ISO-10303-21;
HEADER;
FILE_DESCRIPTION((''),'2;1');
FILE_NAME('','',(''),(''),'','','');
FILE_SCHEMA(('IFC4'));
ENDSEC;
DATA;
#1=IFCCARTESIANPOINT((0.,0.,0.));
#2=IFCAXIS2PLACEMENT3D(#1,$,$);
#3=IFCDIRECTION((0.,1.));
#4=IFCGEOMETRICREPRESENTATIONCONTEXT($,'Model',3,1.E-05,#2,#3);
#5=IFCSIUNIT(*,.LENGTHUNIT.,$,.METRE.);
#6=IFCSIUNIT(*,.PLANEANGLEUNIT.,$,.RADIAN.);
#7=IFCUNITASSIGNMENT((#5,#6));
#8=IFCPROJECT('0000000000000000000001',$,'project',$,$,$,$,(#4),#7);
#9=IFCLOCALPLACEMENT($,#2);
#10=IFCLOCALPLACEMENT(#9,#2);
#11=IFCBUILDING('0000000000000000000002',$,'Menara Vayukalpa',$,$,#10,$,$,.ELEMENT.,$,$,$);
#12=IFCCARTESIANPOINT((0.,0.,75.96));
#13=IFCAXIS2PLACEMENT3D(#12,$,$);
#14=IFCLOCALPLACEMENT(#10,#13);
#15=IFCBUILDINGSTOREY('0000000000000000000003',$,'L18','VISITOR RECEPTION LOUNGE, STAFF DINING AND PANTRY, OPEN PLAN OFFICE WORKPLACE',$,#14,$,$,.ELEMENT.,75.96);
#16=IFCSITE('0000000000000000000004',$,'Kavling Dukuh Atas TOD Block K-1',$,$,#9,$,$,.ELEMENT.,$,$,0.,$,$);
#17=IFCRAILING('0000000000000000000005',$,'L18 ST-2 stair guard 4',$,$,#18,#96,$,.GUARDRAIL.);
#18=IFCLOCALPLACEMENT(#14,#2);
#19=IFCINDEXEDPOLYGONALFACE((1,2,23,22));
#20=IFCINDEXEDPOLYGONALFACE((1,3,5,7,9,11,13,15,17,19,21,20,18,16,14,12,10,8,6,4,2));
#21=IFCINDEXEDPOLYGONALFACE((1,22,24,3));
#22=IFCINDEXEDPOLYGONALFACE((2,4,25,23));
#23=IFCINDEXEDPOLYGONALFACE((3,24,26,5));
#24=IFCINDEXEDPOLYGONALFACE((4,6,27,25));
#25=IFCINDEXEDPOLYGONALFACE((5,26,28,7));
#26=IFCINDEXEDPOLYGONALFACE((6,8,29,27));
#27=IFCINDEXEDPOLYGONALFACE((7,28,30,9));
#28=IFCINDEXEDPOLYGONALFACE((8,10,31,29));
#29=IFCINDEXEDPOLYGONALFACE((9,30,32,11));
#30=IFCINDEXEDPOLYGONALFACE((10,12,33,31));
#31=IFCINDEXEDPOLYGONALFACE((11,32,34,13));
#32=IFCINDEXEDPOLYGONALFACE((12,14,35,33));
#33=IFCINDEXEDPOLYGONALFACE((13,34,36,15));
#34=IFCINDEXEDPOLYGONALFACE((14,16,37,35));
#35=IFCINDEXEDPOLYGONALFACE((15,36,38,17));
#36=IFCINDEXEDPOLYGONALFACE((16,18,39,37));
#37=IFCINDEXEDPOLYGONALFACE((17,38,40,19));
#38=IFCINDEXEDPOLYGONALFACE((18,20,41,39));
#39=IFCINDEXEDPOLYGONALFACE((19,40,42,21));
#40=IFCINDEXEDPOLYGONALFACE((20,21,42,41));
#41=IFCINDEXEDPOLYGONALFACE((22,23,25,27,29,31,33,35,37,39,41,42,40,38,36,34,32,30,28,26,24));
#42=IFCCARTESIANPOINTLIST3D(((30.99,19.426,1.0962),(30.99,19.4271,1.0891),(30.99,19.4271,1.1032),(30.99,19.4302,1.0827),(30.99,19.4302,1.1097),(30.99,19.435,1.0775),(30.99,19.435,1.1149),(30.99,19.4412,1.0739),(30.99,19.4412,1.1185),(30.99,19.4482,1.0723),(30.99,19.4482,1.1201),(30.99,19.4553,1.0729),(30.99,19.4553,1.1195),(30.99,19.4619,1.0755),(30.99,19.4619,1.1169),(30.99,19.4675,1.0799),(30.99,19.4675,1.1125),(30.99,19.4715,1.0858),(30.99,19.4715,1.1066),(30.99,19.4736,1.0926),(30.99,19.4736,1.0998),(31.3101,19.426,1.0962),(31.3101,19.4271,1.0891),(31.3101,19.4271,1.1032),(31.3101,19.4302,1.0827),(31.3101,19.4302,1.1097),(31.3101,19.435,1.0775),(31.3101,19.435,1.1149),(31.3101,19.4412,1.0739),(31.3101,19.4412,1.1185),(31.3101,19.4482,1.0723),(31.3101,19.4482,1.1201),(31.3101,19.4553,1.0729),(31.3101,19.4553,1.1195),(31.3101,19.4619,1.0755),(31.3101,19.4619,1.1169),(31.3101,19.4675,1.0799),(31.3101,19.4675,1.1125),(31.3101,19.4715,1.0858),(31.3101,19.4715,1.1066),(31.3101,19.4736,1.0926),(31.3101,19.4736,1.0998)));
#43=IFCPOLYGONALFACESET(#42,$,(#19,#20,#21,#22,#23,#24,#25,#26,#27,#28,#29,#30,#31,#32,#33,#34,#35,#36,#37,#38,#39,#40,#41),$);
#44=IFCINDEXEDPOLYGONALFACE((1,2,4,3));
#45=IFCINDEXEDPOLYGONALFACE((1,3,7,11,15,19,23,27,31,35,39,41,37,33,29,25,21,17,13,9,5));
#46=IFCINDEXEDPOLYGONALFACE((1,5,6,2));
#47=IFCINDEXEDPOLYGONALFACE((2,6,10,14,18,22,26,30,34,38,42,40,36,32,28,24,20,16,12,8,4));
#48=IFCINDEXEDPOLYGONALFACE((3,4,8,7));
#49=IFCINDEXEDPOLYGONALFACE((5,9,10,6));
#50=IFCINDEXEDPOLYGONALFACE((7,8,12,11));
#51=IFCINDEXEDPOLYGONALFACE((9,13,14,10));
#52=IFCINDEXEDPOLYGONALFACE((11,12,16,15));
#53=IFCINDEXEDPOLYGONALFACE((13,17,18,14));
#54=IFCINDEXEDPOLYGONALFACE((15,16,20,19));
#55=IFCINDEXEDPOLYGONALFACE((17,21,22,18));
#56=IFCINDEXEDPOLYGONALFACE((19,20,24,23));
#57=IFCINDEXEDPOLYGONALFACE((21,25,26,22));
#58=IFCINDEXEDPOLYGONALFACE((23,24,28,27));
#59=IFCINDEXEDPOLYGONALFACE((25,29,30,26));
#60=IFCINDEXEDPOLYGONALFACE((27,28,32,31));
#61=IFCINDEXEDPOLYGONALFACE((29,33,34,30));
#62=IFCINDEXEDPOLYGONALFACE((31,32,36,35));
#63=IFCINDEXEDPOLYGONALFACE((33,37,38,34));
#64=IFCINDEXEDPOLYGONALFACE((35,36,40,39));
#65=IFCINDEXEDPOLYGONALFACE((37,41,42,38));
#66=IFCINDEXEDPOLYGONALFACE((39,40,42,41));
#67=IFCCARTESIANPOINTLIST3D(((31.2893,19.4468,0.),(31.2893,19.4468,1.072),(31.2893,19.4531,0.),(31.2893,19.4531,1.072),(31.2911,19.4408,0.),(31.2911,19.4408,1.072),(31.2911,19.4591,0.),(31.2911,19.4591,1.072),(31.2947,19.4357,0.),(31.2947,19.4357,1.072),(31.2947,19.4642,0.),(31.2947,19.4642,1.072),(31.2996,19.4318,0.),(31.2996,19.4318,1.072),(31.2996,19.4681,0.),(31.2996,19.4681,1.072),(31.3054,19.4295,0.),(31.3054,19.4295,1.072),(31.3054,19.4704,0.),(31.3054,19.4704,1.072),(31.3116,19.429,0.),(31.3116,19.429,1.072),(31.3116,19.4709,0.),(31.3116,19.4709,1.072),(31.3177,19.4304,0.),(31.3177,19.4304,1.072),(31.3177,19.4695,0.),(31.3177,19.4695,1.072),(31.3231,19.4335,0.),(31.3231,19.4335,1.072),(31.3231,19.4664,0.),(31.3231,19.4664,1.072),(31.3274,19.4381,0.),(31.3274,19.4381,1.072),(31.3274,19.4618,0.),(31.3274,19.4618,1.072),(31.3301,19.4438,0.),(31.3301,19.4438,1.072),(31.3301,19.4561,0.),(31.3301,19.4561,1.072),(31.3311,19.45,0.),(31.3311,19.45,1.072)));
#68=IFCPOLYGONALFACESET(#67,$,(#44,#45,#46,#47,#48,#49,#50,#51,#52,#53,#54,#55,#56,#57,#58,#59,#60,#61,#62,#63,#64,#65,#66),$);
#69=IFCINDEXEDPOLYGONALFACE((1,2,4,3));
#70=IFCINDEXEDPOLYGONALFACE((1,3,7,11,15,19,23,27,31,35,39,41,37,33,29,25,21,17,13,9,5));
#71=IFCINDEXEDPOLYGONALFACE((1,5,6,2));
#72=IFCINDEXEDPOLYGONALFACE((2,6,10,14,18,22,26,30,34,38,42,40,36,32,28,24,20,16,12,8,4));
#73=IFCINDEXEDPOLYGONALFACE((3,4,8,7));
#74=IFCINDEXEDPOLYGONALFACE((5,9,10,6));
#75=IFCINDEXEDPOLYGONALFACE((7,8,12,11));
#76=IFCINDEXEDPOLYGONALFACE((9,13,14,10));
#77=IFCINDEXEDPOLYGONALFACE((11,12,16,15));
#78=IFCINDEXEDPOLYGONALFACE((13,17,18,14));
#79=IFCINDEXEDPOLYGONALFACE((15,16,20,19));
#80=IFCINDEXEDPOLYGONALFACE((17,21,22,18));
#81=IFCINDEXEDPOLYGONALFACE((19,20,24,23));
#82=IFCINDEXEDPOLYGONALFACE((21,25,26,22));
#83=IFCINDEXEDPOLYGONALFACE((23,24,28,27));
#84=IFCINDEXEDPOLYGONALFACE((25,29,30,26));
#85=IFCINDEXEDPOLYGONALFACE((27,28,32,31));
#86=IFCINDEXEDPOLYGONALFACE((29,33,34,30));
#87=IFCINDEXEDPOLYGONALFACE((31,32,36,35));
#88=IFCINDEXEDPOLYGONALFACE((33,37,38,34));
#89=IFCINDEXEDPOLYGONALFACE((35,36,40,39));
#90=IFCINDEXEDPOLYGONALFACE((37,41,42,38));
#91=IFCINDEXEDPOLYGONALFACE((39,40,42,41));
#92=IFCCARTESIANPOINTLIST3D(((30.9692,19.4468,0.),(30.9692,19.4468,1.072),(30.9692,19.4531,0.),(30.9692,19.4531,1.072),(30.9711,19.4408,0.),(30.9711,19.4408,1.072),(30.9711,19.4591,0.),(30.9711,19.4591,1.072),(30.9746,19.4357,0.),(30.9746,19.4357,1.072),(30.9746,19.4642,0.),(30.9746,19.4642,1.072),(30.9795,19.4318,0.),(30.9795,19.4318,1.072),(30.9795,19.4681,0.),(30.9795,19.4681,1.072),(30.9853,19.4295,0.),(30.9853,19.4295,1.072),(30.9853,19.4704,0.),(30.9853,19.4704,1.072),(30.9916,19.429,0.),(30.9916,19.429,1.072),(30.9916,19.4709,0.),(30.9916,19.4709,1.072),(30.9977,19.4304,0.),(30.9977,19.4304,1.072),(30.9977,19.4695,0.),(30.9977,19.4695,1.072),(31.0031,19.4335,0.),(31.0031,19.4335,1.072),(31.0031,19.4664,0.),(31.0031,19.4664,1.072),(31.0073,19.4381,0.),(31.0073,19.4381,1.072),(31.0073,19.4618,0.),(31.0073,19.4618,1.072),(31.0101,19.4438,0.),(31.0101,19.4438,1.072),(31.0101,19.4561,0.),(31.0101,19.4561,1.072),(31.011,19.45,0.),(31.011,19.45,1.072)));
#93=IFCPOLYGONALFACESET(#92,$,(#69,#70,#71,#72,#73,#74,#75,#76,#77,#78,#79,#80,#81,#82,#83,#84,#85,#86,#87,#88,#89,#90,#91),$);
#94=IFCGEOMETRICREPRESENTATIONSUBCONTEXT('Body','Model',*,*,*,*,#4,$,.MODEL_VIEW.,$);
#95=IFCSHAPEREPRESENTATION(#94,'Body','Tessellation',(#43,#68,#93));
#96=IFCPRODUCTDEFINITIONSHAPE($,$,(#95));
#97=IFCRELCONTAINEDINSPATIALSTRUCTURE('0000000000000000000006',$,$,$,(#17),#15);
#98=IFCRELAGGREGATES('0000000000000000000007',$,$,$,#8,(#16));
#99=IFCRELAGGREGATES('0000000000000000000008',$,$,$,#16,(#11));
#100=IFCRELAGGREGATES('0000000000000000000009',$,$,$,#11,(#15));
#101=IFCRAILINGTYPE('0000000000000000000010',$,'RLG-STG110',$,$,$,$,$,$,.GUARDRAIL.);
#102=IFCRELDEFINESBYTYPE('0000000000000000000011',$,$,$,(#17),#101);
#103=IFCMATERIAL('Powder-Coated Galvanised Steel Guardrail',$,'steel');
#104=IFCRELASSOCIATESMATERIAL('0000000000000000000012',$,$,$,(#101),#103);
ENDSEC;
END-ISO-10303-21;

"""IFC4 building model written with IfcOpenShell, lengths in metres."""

from ifc_helpers import new_model, si_unit, direction, frame, origin, origin_2d, place, context, subcontext, project, spatial, circle, extrude, material, type_object, element, save


model = new_model("IFC4")

# Units and contexts
model_context = context("Model", 3, precision=1e-05, world=origin(), true_north=direction((0.0, 1.0)))
body_context = subcontext(model_context, "Body", "Model", "MODEL_VIEW")
ifc_project = project(units=[si_unit("LENGTHUNIT", "METRE"), si_unit("PLANEANGLEUNIT", "RADIAN")], contexts=[model_context])

# Site, building, storey
site_placement = place(None, origin())
site = spatial("IfcSite", under=ifc_project, at=site_placement, Name="Kavling Dukuh Atas TOD Block K-1", CompositionType="ELEMENT", RefElevation=0.0)
building_placement = place(site_placement, origin())
building = spatial("IfcBuilding", under=site, at=building_placement, Name="Menara Vayukalpa", CompositionType="ELEMENT")
storey_placement = place(building_placement, frame((0.0, 0.0, 75.96)))
storey = spatial("IfcBuildingStorey", under=building, at=storey_placement, Name="L18", Description="VISITOR RECEPTION LOUNGE, STAFF DINING AND PANTRY, OPEN PLAN OFFICE WORKPLACE", CompositionType="ELEMENT", Elevation=75.96)

# Railing
ifc_material_1 = material(Name="Powder-Coated Galvanised Steel Guardrail", Category="steel")
railing_type_1 = type_object("IfcRailingType", Name="RLG-STG110", PredefinedType="GUARDRAIL", material=ifc_material_1)
railing_1_placement = place(storey_placement, frame((31.3101, 19.45, 0.0)))
element("IfcRailing", 1, at=railing_1_placement, inside=storey, type_object=railing_type_1, Name="L18 ST-2 stair guard 4", PredefinedType="GUARDRAIL", context=body_context, shape_type="SweptSolid", body=[
    extrude(circle(Radius=0.0239, at=origin_2d()), frame((0.0, 0.0, 1.0962), z_axis=(-1.0, 0.0, 0.0), x_axis=(0.0, -1.0, 0.0)), (0.0, 0.0, 1.0), 0.3201),
    extrude(circle(Radius=0.021, at=origin_2d()), origin(), (0.0, 0.0, 1.0), 1.072),
    extrude(circle(Radius=0.021, at=origin_2d()), frame((-0.3201, 0.0, 0.0)), (0.0, 0.0, 1.0), 1.072),
])

save(model, "model.ifc")
